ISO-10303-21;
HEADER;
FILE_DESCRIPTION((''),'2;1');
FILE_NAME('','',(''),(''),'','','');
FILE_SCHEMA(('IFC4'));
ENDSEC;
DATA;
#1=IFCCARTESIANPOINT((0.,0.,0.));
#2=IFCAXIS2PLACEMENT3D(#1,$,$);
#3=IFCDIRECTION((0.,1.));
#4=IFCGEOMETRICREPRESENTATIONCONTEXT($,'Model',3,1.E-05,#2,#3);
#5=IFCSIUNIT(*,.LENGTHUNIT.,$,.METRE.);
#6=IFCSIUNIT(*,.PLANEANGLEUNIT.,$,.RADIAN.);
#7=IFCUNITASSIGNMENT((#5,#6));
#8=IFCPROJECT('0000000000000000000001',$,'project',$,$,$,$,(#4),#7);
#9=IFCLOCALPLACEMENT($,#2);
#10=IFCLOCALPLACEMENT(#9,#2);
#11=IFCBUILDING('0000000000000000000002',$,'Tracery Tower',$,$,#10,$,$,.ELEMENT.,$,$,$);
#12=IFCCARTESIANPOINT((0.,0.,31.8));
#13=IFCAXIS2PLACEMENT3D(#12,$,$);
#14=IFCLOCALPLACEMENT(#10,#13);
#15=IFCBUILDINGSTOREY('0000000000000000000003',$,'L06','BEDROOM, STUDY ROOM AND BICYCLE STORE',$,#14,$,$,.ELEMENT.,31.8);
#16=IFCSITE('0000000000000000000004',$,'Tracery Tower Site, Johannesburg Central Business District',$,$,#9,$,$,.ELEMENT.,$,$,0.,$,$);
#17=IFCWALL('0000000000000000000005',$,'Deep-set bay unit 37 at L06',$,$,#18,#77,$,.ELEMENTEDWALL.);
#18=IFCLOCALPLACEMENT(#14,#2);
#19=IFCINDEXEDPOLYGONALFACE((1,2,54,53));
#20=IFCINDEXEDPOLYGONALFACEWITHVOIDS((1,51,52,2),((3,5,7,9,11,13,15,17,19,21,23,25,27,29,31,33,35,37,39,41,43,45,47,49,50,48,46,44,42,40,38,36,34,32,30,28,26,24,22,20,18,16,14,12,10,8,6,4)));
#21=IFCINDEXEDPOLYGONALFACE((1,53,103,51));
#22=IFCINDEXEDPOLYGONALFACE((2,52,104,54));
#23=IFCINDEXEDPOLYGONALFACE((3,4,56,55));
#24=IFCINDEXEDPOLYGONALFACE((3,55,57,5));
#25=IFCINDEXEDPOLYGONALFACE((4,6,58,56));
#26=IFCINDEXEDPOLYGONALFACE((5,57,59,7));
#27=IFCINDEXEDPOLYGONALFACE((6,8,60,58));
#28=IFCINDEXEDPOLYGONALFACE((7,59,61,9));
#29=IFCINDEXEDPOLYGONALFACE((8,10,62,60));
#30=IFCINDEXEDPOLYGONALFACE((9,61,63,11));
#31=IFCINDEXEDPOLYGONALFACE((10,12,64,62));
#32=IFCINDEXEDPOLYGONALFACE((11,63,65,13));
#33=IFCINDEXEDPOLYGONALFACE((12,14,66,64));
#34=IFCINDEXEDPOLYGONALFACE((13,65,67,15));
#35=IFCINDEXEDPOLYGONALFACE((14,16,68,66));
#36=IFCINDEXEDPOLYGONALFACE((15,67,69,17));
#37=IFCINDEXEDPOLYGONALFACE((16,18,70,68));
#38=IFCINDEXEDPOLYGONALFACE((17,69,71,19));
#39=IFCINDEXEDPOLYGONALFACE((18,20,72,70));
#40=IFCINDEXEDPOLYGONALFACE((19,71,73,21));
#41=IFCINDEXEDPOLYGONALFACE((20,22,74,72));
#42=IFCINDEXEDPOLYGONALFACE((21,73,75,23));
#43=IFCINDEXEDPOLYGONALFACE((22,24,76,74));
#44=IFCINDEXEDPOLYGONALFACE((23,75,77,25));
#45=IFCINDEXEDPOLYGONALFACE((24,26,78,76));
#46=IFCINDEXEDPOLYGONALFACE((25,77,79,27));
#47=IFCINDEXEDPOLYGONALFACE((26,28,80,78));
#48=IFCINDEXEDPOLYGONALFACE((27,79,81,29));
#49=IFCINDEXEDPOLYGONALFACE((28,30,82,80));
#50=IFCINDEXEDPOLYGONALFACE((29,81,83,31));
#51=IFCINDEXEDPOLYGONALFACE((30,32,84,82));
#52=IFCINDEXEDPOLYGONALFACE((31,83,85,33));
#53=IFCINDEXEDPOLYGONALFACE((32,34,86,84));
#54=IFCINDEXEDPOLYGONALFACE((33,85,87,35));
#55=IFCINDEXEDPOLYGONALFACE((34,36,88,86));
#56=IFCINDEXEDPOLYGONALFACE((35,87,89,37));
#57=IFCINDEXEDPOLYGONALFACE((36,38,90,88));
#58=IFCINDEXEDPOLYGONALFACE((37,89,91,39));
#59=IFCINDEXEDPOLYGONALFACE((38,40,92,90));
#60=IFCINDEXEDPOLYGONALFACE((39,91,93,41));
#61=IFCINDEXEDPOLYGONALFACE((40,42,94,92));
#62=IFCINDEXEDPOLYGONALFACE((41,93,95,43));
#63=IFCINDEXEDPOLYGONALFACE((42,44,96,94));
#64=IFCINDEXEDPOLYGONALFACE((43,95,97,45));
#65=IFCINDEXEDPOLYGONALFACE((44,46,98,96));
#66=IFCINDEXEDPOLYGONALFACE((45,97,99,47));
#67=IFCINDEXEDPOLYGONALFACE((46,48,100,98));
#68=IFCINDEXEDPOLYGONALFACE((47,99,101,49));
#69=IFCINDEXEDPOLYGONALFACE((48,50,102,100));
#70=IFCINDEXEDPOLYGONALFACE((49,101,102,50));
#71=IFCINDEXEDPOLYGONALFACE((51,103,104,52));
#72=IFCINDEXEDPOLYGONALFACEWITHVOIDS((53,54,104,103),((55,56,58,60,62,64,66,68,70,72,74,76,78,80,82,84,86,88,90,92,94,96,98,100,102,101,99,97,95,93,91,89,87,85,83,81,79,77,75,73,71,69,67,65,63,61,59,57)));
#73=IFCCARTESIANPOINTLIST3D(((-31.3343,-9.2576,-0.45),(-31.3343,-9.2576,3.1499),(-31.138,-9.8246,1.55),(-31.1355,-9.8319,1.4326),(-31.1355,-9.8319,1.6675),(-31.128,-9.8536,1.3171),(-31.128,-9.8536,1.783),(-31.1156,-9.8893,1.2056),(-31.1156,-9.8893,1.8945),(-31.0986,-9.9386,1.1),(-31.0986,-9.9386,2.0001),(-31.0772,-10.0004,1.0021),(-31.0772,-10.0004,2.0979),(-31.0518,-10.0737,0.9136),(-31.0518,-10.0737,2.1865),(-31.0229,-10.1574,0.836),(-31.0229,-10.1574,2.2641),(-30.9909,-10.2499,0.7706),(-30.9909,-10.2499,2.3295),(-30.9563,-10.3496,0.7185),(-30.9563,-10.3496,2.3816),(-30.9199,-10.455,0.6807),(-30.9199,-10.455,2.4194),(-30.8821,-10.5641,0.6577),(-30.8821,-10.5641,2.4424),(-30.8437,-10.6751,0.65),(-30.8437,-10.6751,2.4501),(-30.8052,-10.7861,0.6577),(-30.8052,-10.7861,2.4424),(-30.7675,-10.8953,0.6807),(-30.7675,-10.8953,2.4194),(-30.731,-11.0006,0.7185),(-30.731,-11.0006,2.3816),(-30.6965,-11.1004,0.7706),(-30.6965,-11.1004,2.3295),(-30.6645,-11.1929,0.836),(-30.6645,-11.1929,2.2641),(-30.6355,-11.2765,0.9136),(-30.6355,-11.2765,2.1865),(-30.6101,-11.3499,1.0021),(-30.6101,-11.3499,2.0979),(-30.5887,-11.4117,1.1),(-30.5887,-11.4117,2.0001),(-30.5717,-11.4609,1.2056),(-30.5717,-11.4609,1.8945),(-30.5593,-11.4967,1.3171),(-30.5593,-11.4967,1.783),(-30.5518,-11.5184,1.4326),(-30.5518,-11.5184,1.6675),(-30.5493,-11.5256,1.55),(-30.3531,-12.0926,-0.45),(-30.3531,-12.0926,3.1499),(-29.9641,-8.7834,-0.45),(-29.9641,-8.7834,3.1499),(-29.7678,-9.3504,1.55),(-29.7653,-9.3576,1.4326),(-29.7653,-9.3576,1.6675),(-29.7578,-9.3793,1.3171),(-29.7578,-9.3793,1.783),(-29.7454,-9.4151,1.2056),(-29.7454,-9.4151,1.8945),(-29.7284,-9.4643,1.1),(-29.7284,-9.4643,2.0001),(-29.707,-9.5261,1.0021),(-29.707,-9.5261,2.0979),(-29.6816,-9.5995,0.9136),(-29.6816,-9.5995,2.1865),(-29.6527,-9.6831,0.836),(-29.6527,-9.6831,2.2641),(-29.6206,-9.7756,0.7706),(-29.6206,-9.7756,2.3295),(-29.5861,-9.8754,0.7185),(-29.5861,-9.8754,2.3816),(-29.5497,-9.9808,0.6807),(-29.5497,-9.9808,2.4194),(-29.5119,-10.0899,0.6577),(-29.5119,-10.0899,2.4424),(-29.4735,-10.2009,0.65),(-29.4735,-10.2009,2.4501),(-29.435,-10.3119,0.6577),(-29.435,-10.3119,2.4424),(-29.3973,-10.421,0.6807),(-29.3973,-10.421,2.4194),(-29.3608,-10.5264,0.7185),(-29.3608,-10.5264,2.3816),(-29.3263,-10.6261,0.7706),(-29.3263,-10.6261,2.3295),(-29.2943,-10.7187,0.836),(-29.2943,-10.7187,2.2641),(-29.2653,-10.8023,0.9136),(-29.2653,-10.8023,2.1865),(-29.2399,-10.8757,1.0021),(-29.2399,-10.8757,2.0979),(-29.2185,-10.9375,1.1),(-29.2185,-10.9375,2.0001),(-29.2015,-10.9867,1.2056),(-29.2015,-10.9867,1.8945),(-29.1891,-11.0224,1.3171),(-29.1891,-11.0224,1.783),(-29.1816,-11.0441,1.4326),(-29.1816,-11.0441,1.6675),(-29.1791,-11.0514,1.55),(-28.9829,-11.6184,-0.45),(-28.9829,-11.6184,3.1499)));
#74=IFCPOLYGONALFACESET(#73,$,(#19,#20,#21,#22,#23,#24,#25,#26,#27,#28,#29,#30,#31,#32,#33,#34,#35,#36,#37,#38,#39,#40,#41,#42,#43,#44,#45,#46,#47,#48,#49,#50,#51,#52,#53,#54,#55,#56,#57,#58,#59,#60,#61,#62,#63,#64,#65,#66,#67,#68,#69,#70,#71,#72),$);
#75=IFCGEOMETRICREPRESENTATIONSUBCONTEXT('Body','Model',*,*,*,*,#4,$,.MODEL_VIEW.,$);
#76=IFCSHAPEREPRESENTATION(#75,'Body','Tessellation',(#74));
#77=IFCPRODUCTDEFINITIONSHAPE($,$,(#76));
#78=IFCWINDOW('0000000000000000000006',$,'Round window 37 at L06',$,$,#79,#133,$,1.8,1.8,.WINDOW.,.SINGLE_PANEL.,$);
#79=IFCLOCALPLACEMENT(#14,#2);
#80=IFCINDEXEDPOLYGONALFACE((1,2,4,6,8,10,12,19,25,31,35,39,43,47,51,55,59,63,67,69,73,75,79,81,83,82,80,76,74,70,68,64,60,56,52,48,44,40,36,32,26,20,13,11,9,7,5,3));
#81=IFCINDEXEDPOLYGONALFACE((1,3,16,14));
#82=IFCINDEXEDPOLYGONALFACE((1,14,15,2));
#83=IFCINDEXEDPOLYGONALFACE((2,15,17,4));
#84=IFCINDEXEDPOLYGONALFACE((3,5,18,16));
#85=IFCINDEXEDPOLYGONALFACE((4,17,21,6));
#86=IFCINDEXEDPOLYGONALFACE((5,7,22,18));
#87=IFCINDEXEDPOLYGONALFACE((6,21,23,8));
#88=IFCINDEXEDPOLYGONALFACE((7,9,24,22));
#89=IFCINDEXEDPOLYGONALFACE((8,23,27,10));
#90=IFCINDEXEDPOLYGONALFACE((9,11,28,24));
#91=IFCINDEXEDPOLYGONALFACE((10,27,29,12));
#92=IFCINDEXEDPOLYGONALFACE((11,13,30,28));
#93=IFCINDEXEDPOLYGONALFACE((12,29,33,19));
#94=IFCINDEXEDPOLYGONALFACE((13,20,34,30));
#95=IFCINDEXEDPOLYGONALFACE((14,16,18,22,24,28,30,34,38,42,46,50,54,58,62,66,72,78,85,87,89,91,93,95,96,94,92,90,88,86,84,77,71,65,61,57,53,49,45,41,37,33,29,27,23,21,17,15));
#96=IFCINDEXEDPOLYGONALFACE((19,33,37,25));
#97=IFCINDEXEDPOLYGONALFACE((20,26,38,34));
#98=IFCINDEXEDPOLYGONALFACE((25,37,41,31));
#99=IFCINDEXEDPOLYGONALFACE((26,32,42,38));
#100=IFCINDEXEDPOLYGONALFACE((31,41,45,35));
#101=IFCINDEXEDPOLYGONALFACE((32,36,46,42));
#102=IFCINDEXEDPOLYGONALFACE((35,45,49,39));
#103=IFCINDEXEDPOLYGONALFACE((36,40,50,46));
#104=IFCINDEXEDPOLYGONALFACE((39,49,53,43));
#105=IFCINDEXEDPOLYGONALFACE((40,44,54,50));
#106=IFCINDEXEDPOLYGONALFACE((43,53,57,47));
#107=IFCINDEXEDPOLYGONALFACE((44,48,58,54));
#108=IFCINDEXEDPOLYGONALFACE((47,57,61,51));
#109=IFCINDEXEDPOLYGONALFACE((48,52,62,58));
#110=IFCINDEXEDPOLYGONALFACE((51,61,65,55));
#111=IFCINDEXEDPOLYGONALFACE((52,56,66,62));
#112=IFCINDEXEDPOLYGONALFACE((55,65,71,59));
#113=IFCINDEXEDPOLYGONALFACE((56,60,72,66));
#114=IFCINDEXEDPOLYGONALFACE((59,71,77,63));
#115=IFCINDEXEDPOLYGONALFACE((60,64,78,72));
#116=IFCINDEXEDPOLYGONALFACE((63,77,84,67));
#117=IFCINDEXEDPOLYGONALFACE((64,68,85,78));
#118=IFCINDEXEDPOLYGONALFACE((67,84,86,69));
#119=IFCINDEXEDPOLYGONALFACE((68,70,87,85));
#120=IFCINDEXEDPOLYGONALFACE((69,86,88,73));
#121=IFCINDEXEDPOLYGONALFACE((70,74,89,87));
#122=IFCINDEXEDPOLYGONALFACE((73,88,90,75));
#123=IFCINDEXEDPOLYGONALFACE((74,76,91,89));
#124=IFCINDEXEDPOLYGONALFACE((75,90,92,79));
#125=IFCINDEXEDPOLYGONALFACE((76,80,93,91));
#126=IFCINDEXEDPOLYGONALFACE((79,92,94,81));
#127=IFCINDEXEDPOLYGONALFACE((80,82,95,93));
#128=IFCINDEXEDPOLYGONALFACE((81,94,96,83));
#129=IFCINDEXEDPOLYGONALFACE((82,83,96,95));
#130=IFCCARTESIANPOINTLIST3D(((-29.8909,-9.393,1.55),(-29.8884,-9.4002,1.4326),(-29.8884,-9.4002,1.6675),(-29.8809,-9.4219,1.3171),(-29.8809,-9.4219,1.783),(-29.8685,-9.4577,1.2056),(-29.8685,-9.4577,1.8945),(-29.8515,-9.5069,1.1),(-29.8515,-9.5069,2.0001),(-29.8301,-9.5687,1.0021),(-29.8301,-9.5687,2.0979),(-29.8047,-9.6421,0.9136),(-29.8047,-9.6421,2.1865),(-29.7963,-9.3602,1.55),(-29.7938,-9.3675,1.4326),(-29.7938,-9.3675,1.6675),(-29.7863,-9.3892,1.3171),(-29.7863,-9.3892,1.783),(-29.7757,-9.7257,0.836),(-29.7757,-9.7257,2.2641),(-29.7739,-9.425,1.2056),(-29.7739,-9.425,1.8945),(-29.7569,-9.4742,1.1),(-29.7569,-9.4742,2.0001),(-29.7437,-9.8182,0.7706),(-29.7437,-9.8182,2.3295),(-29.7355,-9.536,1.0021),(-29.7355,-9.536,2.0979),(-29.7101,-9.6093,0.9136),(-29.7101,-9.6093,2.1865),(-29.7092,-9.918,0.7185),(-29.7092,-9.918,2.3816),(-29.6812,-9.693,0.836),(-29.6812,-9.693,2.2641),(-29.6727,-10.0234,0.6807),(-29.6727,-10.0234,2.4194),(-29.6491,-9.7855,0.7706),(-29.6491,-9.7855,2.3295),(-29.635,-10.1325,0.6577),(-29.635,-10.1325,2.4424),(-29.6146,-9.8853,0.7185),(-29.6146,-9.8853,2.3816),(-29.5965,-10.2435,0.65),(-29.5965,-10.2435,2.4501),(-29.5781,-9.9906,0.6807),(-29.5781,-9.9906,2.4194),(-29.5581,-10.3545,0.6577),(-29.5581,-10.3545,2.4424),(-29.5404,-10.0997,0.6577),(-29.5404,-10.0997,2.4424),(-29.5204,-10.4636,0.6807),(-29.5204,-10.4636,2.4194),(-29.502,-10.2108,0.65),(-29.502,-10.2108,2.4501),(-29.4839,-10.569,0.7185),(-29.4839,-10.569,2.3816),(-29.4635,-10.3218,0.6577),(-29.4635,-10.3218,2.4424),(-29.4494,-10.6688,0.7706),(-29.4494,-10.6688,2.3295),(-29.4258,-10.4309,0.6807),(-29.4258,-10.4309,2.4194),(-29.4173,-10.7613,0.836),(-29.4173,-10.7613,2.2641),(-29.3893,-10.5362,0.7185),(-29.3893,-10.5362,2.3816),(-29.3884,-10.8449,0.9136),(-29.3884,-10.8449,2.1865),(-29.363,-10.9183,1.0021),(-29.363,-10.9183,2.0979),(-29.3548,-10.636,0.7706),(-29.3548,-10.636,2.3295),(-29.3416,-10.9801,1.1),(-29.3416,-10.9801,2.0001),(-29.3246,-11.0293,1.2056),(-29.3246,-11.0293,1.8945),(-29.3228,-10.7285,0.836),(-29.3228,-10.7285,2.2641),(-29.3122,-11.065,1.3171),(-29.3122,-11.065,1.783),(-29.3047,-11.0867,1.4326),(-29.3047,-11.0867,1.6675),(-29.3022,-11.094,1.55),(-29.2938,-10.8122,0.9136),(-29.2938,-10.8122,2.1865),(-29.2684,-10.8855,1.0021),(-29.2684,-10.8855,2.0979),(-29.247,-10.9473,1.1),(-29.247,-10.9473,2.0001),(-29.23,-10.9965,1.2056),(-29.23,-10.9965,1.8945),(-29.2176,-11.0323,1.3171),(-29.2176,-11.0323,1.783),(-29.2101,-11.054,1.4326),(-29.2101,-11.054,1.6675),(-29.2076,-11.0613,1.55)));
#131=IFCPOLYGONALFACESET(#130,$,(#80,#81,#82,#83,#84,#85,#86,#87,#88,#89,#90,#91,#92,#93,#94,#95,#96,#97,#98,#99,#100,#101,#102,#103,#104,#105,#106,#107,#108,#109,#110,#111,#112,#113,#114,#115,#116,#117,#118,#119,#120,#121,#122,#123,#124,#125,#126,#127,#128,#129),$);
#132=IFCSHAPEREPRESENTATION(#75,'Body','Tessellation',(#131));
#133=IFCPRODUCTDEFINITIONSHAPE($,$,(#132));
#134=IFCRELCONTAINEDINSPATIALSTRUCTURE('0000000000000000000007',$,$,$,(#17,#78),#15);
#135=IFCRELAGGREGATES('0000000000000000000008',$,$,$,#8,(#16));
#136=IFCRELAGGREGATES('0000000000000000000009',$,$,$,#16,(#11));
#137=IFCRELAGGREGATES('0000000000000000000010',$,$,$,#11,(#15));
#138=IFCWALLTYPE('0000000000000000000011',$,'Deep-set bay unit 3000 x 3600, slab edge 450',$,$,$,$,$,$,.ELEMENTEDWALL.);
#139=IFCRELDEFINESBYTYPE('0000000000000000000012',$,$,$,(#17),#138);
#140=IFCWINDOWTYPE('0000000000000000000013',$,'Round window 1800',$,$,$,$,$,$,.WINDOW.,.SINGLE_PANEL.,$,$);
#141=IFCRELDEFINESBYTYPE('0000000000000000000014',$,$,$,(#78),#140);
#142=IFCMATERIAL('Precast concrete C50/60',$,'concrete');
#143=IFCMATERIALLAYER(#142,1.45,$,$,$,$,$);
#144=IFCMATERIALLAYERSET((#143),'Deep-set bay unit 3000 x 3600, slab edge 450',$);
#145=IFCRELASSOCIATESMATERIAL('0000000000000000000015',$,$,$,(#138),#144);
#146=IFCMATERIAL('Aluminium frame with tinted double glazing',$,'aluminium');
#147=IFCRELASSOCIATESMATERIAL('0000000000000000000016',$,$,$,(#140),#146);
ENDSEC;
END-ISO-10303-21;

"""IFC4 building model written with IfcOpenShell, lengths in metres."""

from ifc_helpers import new_model, si_unit, direction, frame, frame_2d, origin, origin_2d, place, context, subcontext, project, spatial, rectangle, circle, extrude, material, layer, layer_set, type_object, element, fill, save


model = new_model("IFC4")

# Units and contexts
model_context = context("Model", 3, precision=1e-05, world=origin(), true_north=direction((0.0, 1.0)))
body_context = subcontext(model_context, "Body", "Model", "MODEL_VIEW")
ifc_project = project(units=[si_unit("LENGTHUNIT", "METRE"), si_unit("PLANEANGLEUNIT", "RADIAN")], contexts=[model_context])

# Site, building, storey
site_placement = place(None, origin())
site = spatial("IfcSite", under=ifc_project, at=site_placement, Name="Tracery Tower Site, Johannesburg Central Business District", CompositionType="ELEMENT", RefElevation=0.0)
building_placement = place(site_placement, origin())
building = spatial("IfcBuilding", under=site, at=building_placement, Name="Tracery Tower", CompositionType="ELEMENT")
storey_placement = place(building_placement, frame((0.0, 0.0, 31.8)))
storey = spatial("IfcBuildingStorey", under=building, at=storey_placement, Name="L06", Description="BEDROOM, STUDY ROOM AND BICYCLE STORE", CompositionType="ELEMENT", Elevation=31.8)

# Wall, opening, window
ifc_material_1 = material(Name="Precast concrete C50/60", Category="concrete")
ifc_layer_1 = layer(ifc_material_1, 1.45)
ifc_layer_set_1 = layer_set([ifc_layer_1], Name="Deep-set bay unit 3000 x 3600, slab edge 450")
wall_type_1 = type_object("IfcWallType", Name="Deep-set bay unit 3000 x 3600, slab edge 450", PredefinedType="ELEMENTEDWALL", material=ifc_layer_set_1)
wall_1_placement = place(storey_placement, frame((-30.6492, -9.0205, -0.45), z_axis=(0.0, 0.0, 1.0), x_axis=(0.327071, -0.945, 0.0)))
wall_1 = element("IfcWall", 1, at=wall_1_placement, inside=storey, type_object=wall_type_1, Name="Deep-set bay unit 37 at L06", PredefinedType="ELEMENTEDWALL", context=body_context, shape_type="SweptSolid", body=[
    extrude(rectangle(XDim=3.0, YDim=1.45, at=frame_2d((1.5, 0.0))), origin(), (0.0, 0.0, 1.0), 3.5999),
])
opening_1_placement = place(wall_1_placement, frame((1.5, 0.0, 2.0)))
opening_1 = element("IfcOpeningElement", 2, at=opening_1_placement, cuts=wall_1, PredefinedType="OPENING", context=body_context, shape_type="SweptSolid", body=[
    extrude(circle(Radius=0.9, at=origin_2d()), frame((0.0, 0.7349, 0.0), z_axis=(0.0, -1.0, 0.0), x_axis=(1.0, 0.0, 0.0)), (0.0, 0.0, 1.0), 1.47),
])
ifc_material_2 = material(Name="Aluminium frame with tinted double glazing", Category="aluminium")
window_type = type_object("IfcWindowType", Name="Round window 1800", PartitioningType="SINGLE_PANEL", PredefinedType="WINDOW", material=ifc_material_2)
window_1_placement = place(opening_1_placement, origin())
window_1 = element("IfcWindow", 3, at=window_1_placement, inside=storey, type_object=window_type, Name="Round window 37 at L06", OverallHeight=1.8, OverallWidth=1.8, PartitioningType="SINGLE_PANEL", PredefinedType="WINDOW", context=body_context, shape_type="SweptSolid", body=[
    extrude(circle(Radius=0.9, at=origin_2d()), frame((0.0, 0.6948, 0.0), z_axis=(0.0, -1.0, 0.0), x_axis=(1.0, 0.0, 0.0)), (0.0, 0.0, 1.0), 0.1001),
])
fill(opening_1, window_1)

save(model, "model.ifc")
